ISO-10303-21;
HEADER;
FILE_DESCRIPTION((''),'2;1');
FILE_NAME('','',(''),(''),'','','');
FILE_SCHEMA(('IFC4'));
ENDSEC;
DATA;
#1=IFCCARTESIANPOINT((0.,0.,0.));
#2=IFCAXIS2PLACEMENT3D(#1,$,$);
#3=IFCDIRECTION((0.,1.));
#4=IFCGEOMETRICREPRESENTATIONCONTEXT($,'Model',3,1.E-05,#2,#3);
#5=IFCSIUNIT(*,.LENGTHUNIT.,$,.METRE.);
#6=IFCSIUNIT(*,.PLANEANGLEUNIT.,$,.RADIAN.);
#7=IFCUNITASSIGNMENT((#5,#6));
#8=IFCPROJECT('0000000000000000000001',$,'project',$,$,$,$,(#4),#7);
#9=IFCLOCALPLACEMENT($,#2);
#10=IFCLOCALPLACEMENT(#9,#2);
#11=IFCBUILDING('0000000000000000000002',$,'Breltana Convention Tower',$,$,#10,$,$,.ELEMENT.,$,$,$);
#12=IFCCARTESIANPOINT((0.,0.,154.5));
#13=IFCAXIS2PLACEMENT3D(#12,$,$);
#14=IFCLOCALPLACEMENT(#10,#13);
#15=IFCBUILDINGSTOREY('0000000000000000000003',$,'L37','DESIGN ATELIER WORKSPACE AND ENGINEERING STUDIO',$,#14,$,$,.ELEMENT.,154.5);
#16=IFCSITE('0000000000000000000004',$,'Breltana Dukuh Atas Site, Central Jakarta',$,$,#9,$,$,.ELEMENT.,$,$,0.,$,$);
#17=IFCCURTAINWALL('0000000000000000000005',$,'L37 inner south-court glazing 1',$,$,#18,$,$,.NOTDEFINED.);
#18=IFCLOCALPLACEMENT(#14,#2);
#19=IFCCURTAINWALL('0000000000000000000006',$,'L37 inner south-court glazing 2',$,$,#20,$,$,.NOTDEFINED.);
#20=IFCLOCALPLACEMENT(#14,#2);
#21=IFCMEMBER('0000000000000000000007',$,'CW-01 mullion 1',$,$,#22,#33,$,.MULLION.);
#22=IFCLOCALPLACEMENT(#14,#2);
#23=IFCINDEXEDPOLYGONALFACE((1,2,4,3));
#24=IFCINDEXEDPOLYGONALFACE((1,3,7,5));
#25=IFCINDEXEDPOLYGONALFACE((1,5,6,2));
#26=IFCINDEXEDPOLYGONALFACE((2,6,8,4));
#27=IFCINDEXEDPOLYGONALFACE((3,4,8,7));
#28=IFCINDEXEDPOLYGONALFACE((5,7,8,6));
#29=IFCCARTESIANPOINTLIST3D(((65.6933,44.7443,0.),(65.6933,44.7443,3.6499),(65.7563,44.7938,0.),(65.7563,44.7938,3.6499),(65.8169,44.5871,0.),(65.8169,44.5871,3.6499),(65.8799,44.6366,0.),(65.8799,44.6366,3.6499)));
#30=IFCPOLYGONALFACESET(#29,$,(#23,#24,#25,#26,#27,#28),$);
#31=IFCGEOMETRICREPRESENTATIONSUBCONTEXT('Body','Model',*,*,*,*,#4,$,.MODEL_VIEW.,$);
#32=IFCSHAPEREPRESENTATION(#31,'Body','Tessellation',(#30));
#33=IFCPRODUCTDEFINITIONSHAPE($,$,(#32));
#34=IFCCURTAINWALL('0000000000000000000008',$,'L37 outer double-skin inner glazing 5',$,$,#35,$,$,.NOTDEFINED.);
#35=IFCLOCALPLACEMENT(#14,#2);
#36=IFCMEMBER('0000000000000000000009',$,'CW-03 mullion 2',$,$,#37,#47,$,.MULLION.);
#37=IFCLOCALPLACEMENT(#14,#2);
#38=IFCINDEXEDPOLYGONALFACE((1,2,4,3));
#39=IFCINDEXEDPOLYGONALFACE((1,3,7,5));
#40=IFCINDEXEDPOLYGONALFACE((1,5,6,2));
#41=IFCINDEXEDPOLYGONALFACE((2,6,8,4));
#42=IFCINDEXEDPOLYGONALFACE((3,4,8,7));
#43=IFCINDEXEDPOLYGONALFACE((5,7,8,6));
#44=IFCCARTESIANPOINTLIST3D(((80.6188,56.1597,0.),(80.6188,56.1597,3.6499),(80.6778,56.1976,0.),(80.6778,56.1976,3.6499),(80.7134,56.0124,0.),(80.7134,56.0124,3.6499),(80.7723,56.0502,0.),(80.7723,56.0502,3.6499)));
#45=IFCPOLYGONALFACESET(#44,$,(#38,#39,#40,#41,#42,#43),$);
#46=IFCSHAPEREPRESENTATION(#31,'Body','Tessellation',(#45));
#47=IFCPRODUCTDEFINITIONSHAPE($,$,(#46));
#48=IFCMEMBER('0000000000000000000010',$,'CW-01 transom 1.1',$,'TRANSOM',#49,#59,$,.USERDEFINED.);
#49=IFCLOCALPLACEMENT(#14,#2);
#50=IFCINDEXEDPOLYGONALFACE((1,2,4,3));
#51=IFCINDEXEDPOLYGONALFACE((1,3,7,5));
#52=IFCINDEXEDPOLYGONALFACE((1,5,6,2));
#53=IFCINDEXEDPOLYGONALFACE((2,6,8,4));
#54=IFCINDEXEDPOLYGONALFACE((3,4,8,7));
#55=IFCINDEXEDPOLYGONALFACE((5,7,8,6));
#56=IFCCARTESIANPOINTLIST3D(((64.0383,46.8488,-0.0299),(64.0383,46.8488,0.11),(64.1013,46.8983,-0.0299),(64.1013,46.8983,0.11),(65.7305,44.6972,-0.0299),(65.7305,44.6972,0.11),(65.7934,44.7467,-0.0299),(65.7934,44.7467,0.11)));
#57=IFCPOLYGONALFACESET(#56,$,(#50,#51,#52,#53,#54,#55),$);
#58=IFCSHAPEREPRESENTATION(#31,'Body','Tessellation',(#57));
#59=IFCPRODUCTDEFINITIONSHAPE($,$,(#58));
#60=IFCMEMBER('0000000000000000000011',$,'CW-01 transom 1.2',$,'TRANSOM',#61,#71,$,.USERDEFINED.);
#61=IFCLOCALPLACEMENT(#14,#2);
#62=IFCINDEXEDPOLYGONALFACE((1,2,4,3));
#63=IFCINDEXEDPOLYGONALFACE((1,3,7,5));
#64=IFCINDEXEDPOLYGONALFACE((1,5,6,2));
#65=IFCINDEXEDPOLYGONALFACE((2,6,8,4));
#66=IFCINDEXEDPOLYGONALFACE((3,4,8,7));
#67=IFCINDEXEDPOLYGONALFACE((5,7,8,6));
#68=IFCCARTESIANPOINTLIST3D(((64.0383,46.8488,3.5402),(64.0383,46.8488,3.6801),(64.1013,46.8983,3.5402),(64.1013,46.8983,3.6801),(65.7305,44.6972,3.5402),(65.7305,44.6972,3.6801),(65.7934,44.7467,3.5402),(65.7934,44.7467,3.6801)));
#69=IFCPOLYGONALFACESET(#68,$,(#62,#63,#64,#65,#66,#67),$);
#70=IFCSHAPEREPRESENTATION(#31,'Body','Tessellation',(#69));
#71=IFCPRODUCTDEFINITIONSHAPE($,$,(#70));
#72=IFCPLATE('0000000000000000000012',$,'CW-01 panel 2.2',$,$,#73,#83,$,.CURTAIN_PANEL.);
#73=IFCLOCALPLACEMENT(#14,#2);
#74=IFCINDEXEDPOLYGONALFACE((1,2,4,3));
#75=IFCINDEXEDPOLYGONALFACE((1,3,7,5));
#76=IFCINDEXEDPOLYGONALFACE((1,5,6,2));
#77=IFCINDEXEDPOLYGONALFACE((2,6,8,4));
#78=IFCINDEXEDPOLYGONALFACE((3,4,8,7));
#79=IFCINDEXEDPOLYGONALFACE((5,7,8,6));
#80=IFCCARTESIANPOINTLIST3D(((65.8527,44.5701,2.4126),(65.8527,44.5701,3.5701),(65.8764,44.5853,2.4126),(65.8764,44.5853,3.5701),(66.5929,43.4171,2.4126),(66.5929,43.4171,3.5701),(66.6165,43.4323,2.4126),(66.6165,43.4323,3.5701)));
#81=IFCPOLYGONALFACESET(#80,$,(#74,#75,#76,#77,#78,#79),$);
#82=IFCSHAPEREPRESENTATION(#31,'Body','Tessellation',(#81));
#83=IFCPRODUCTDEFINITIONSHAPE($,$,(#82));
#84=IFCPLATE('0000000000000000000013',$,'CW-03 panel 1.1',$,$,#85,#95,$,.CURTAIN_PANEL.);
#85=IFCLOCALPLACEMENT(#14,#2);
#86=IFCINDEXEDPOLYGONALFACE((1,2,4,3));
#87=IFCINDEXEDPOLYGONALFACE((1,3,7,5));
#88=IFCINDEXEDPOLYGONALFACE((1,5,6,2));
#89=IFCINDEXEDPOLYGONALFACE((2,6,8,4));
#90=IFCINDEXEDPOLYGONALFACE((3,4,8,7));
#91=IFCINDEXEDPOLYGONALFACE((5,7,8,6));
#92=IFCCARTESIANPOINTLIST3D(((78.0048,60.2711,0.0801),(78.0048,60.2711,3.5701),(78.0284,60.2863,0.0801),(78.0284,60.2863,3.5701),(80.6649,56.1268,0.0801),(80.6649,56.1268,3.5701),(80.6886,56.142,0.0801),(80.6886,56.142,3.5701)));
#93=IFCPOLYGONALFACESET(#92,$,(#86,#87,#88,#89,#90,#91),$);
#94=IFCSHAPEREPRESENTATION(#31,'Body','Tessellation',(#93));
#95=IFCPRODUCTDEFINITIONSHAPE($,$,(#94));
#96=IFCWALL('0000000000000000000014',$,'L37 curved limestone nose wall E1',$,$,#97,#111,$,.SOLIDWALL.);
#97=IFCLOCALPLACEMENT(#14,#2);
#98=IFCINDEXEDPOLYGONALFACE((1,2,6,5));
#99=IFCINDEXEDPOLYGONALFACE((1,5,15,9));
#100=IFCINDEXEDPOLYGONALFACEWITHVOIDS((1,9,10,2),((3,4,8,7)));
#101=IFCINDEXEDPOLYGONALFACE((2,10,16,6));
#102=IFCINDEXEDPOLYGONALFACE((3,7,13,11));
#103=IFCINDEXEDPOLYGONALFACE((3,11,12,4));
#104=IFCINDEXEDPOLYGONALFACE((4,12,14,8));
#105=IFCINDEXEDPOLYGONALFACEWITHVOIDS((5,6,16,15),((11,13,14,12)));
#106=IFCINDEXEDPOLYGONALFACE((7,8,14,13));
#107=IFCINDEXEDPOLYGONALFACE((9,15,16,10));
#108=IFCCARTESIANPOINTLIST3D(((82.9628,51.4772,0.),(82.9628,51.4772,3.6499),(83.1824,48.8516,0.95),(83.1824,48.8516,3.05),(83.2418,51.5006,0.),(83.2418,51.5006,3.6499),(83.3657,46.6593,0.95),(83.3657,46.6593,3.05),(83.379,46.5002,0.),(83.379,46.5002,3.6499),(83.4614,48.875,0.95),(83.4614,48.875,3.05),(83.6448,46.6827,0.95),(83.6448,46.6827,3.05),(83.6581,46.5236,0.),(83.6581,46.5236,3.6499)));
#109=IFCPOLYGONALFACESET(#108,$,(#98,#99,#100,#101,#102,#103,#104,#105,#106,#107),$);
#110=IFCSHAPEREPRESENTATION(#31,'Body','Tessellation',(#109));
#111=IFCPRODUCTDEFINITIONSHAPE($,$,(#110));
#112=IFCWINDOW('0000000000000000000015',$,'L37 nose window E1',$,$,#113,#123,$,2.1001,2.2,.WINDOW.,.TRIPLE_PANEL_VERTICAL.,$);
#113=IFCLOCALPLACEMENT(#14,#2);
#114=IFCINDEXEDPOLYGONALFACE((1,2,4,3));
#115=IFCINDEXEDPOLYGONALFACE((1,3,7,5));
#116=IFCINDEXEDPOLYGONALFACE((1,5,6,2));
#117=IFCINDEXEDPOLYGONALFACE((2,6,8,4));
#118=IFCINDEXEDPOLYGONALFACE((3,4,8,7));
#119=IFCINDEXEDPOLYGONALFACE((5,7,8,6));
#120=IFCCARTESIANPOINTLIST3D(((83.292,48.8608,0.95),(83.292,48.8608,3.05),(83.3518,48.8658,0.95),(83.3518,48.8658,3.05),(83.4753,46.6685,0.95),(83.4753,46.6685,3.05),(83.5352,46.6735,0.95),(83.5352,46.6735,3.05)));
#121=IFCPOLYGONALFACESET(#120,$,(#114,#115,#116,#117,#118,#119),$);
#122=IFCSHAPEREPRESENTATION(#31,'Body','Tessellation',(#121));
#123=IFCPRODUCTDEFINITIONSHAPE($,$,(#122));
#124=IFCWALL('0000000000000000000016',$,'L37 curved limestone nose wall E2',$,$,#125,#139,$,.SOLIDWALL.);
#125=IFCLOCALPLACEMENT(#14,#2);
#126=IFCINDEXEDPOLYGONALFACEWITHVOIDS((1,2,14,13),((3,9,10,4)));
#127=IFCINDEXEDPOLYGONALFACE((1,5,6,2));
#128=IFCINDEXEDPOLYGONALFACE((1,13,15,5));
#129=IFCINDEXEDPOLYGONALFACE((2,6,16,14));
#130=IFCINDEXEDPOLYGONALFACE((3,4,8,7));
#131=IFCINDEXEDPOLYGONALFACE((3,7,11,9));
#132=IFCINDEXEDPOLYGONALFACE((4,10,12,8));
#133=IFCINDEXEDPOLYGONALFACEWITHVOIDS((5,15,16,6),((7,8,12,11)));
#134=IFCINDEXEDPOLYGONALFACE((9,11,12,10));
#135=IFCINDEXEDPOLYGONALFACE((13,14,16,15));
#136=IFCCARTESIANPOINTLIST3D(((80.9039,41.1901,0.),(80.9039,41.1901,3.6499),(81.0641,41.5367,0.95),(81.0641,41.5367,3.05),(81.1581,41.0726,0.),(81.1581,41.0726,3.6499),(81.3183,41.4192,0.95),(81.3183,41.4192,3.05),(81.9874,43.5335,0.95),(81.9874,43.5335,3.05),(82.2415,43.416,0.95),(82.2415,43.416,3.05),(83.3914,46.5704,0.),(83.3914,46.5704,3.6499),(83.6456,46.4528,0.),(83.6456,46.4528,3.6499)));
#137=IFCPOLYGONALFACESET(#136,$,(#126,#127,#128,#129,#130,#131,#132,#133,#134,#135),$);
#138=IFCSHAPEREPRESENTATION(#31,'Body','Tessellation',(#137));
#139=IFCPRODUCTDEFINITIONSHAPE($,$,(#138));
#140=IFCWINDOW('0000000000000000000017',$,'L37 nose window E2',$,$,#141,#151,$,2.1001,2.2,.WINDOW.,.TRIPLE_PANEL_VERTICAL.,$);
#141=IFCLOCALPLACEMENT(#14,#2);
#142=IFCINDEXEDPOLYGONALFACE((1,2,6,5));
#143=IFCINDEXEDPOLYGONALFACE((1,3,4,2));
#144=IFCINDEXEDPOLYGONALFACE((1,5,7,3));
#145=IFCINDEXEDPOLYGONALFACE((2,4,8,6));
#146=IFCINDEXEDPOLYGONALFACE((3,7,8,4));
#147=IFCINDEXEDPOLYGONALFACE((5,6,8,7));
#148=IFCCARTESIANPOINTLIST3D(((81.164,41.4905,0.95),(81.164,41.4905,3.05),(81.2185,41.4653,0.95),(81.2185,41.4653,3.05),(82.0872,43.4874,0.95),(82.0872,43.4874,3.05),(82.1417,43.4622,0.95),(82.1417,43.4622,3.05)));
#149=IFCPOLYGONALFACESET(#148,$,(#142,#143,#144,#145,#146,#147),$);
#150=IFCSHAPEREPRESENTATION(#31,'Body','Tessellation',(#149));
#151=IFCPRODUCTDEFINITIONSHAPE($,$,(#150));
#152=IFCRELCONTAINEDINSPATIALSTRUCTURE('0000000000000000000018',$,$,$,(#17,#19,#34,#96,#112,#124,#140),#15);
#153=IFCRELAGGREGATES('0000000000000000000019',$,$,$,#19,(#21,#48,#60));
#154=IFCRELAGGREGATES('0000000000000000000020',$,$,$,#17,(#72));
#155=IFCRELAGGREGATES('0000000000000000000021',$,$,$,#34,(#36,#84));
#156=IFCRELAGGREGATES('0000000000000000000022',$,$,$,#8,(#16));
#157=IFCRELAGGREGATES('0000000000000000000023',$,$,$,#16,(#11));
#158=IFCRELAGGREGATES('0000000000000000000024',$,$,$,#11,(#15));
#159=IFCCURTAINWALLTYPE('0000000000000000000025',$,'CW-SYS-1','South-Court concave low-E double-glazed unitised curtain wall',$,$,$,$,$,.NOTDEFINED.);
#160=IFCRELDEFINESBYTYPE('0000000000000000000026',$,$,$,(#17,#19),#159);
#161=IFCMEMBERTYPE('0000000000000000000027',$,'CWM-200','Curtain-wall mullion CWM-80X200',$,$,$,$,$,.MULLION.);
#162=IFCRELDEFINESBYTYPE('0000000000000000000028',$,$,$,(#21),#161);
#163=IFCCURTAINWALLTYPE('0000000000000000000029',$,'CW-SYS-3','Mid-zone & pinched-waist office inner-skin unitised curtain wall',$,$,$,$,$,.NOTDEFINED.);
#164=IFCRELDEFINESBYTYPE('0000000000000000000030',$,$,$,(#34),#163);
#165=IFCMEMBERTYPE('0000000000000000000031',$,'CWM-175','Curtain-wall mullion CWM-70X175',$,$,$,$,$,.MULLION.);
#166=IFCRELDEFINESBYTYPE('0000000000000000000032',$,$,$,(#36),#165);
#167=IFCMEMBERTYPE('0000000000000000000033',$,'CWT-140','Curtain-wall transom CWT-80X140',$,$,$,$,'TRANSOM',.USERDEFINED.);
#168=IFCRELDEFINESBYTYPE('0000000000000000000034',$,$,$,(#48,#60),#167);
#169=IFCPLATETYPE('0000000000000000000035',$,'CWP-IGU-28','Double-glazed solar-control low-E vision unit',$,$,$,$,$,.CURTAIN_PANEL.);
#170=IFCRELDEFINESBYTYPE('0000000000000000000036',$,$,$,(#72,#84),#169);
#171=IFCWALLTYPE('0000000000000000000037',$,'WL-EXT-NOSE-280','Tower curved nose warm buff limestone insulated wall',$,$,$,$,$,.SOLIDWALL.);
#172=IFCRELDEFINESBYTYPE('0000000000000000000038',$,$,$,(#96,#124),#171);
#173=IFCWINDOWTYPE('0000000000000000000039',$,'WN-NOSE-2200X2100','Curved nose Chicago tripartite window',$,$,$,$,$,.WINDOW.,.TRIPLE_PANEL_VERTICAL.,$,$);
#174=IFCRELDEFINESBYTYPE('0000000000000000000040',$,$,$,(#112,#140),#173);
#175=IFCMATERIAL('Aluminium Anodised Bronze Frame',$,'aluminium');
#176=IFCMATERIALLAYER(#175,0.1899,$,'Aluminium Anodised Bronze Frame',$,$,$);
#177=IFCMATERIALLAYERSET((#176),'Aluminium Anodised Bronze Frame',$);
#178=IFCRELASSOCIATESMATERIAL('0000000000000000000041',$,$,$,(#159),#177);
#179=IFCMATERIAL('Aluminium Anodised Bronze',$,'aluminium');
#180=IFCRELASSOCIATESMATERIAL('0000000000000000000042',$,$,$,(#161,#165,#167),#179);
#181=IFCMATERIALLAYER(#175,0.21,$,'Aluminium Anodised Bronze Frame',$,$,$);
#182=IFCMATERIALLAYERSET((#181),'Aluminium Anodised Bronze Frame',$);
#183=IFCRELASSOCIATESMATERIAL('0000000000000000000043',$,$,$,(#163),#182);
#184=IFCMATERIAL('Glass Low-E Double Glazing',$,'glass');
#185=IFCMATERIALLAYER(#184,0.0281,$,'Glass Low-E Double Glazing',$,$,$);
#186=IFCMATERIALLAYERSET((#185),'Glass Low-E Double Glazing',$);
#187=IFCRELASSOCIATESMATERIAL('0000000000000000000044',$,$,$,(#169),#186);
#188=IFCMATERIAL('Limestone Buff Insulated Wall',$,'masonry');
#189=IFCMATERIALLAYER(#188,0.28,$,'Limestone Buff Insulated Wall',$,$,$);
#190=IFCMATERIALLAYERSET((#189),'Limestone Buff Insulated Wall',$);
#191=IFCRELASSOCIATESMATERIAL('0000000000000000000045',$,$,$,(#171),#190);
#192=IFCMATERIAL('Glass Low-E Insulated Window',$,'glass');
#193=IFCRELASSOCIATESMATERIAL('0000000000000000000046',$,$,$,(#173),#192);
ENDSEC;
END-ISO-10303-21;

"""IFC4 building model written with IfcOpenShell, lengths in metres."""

from ifc_helpers import new_model, si_unit, direction, frame, frame_2d, origin, origin_2d, place, context, subcontext, project, spatial, rectangle, extrude, source, transform, mapped, material, layer, layer_set, material_profile, profile_set, type_object, type_shapes, element, fill, aggregate, save


model = new_model("IFC4")

# Units and contexts
model_context = context("Model", 3, precision=1e-05, world=origin(), true_north=direction((0.0, 1.0)))
body_context = subcontext(model_context, "Body", "Model", "MODEL_VIEW")
ifc_project = project(units=[si_unit("LENGTHUNIT", "METRE"), si_unit("PLANEANGLEUNIT", "RADIAN")], contexts=[model_context])

# Site, building, storey
site_placement = place(None, origin())
site = spatial("IfcSite", under=ifc_project, at=site_placement, Name="Breltana Dukuh Atas Site, Central Jakarta", CompositionType="ELEMENT", RefElevation=0.0)
building_placement = place(site_placement, origin())
building = spatial("IfcBuilding", under=site, at=building_placement, Name="Breltana Convention Tower", CompositionType="ELEMENT")
storey_placement = place(building_placement, frame((0.0, 0.0, 154.5)))
storey = spatial("IfcBuildingStorey", under=building, at=storey_placement, Name="L37", Description="DESIGN ATELIER WORKSPACE AND ENGINEERING STUDIO", CompositionType="ELEMENT", Elevation=154.5)

# Curtain walls, members
ifc_material_1 = material(Name="Aluminium Anodised Bronze Frame", Category="aluminium")
ifc_layer_1 = layer(ifc_material_1, 0.1899, Name="Aluminium Anodised Bronze Frame")
ifc_layer_set_1 = layer_set([ifc_layer_1], Name="Aluminium Anodised Bronze Frame")
curtain_wall_type_1 = type_object("IfcCurtainWallType", Name="CW-SYS-1", Description="South-Court concave low-E double-glazed unitised curtain wall", PredefinedType="NOTDEFINED", material=ifc_layer_set_1)
curtain_wall_1_placement = place(storey_placement, origin())
curtain_wall_1 = element("IfcCurtainWall", 1, at=curtain_wall_1_placement, inside=storey, type_object=curtain_wall_type_1, Name="L37 inner south-court glazing 1", PredefinedType="NOTDEFINED")
ifc_material_2 = material(Name="Aluminium Anodised Bronze", Category="aluminium")
ifc_material_profile_1 = material_profile(ifc_material_2, rectangle(XDim=0.0801, YDim=0.2, at=origin_2d()), Name="CWM-80X200")
ifc_profile_set_1 = profile_set([ifc_material_profile_1], Name="Aluminium Anodised Bronze")
member_type_1 = type_object("IfcMemberType", Name="CWM-200", Description="Curtain-wall mullion CWM-80X200", PredefinedType="MULLION", material=ifc_profile_set_1)
shared_shape_1 = source(origin(), body_context, "Body", "SweptSolid", [
    extrude(rectangle(XDim=0.0801, YDim=0.2, at=origin_2d()), origin(), (0.0, 0.0, 1.0), 3.6499),
])
curtain_wall_2_placement = place(storey_placement, origin())
curtain_wall_2 = element("IfcCurtainWall", 2, at=curtain_wall_2_placement, inside=storey, type_object=curtain_wall_type_1, Name="L37 inner south-court glazing 2", PredefinedType="NOTDEFINED")
member_1_placement = place(storey_placement, frame((65.7866, 44.6904, 0.0), z_axis=(0.0, 0.0, 1.0), x_axis=(-0.786051, -0.618161, 0.0)))
member_1 = element("IfcMember", 3, at=member_1_placement, type_object=member_type_1, Name="CW-01 mullion 1", PredefinedType="MULLION", context=body_context, shape_type="MappedRepresentation", body=[
    mapped(shared_shape_1, transform((0.0, 0.0, 0.0), scale=1.0)),
])
ifc_layer_2 = layer(ifc_material_1, 0.21, Name="Aluminium Anodised Bronze Frame")
ifc_layer_set_2 = layer_set([ifc_layer_2], Name="Aluminium Anodised Bronze Frame")
curtain_wall_type_2 = type_object("IfcCurtainWallType", Name="CW-SYS-3", Description="Mid-zone & pinched-waist office inner-skin unitised curtain wall", PredefinedType="NOTDEFINED", material=ifc_layer_set_2)
curtain_wall_3_placement = place(storey_placement, origin())
curtain_wall_3 = element("IfcCurtainWall", 4, at=curtain_wall_3_placement, inside=storey, type_object=curtain_wall_type_2, Name="L37 outer double-skin inner glazing 5", PredefinedType="NOTDEFINED")
ifc_material_profile_2 = material_profile(ifc_material_2, rectangle(XDim=0.0701, YDim=0.175, at=origin_2d()), Name="CWM-70X175")
ifc_profile_set_2 = profile_set([ifc_material_profile_2], Name="Aluminium Anodised Bronze")
member_type_2 = type_object("IfcMemberType", Name="CWM-175", Description="Curtain-wall mullion CWM-70X175", PredefinedType="MULLION", material=ifc_profile_set_2)
shared_shape_2 = source(origin(), body_context, "Body", "SweptSolid", [
    extrude(rectangle(XDim=0.0701, YDim=0.175, at=origin_2d()), origin(), (0.0, 0.0, 1.0), 3.6499),
])
member_2_placement = place(storey_placement, frame((80.6956, 56.105, 0.0), z_axis=(0.0, 0.0, 1.0), x_axis=(0.841554, 0.540173, 0.0)))
member_2 = element("IfcMember", 5, at=member_2_placement, type_object=member_type_2, Name="CW-03 mullion 2", PredefinedType="MULLION", context=body_context, shape_type="MappedRepresentation", body=[
    mapped(shared_shape_2, transform((0.0, 0.0, 0.0), scale=1.0)),
])

# Members
ifc_material_profile_3 = material_profile(ifc_material_2, rectangle(XDim=0.0801, YDim=0.1399, at=origin_2d()), Name="CWT-80X140")
ifc_profile_set_3 = profile_set([ifc_material_profile_3], Name="Aluminium Anodised Bronze")
member_type_3 = type_object("IfcMemberType", Name="CWT-140", Description="Curtain-wall transom CWT-80X140", ElementType="TRANSOM", PredefinedType="USERDEFINED", material=ifc_profile_set_3)
shared_shape_3 = source(origin(), body_context, "Body", "SweptSolid", [
    extrude(rectangle(XDim=0.0801, YDim=0.1399, at=origin_2d()), origin(), (0.0, 0.0, 1.0), 2.7373),
])
member_3_placement = place(storey_placement, frame((65.762, 44.7219, 0.04), z_axis=(-0.61818, 0.786037, 0.0), x_axis=(-0.786037, -0.61818, 0.0)))
member_3 = element("IfcMember", 6, at=member_3_placement, type_object=member_type_3, Name="CW-01 transom 1.1", ObjectType="TRANSOM", PredefinedType="USERDEFINED", context=body_context, shape_type="MappedRepresentation", body=[
    mapped(shared_shape_3, transform((0.0, 0.0, 0.0), scale=1.0)),
])
member_4_placement = place(storey_placement, frame((65.762, 44.7219, 3.6101), z_axis=(-0.61818, 0.786037, 0.0), x_axis=(-0.786037, -0.61818, 0.0)))
member_4 = element("IfcMember", 7, at=member_4_placement, type_object=member_type_3, Name="CW-01 transom 1.2", ObjectType="TRANSOM", PredefinedType="USERDEFINED", context=body_context, shape_type="MappedRepresentation", body=[
    mapped(shared_shape_3, transform((0.0, 0.0, 0.0), scale=1.0)),
])
aggregate(curtain_wall_2, [member_1, member_3, member_4])

# Plates
ifc_material_3 = material(Name="Glass Low-E Double Glazing", Category="glass")
ifc_layer_3 = layer(ifc_material_3, 0.0281, Name="Glass Low-E Double Glazing")
ifc_layer_set_3 = layer_set([ifc_layer_3], Name="Glass Low-E Double Glazing")
plate_type = type_object("IfcPlateType", Name="CWP-IGU-28", Description="Double-glazed solar-control low-E vision unit", PredefinedType="CURTAIN_PANEL", material=ifc_layer_set_3)
shared_shape_4 = source(origin(), body_context, "Body", "SweptSolid", [
    extrude(rectangle(XDim=1.3701, YDim=0.0281, at=origin_2d()), origin(), (0.0, 0.0, 1.0), 1.1575),
])
plate_1_placement = place(storey_placement, frame((66.2346, 44.0012, 2.4126), z_axis=(0.0, 0.0, 1.0), x_axis=(-0.540184, 0.841547, 0.0)))
plate_1 = element("IfcPlate", 8, at=plate_1_placement, type_object=plate_type, Name="CW-01 panel 2.2", PredefinedType="CURTAIN_PANEL", context=body_context, shape_type="MappedRepresentation", body=[
    mapped(shared_shape_4, transform((0.0, 0.0, 0.0), scale=1.0)),
])
aggregate(curtain_wall_1, [plate_1])
shared_shape_5 = source(origin(), body_context, "Body", "SweptSolid", [
    extrude(rectangle(XDim=4.9246, YDim=0.0281, at=origin_2d()), origin(), (0.0, 0.0, 1.0), 3.49),
])
plate_2_placement = place(storey_placement, frame((79.3467, 58.2065, 0.0801), z_axis=(0.0, 0.0, 1.0), x_axis=(0.540173, -0.841554, 0.0)))
plate_2 = element("IfcPlate", 9, at=plate_2_placement, type_object=plate_type, Name="CW-03 panel 1.1", PredefinedType="CURTAIN_PANEL", context=body_context, shape_type="MappedRepresentation", body=[
    mapped(shared_shape_5, transform((0.0, 0.0, 0.0), scale=1.0)),
])
aggregate(curtain_wall_3, [member_2, plate_2])

# Walls, openings, windows
ifc_material_4 = material(Name="Limestone Buff Insulated Wall", Category="masonry")
ifc_layer_4 = layer(ifc_material_4, 0.28, Name="Limestone Buff Insulated Wall")
ifc_layer_set_4 = layer_set([ifc_layer_4], Name="Limestone Buff Insulated Wall")
wall_type = type_object("IfcWallType", Name="WL-EXT-NOSE-280", Description="Tower curved nose warm buff limestone insulated wall", PredefinedType="SOLIDWALL", material=ifc_layer_set_4)
shared_shape_6 = source(origin(), body_context, "Body", "SweptSolid", [
    extrude(rectangle(XDim=4.9944, YDim=0.28, at=frame_2d((2.4971, 0.0))), origin(), (0.0, 0.0, 1.0), 3.6499),
])
wall_1_placement = place(storey_placement, frame((83.1023, 51.4888, 0.0), z_axis=(0.0, 0.0, 1.0), x_axis=(0.083345, -0.996521, 0.0)))
wall_1 = element("IfcWall", 10, at=wall_1_placement, inside=storey, type_object=wall_type, Name="L37 curved limestone nose wall E1", PredefinedType="SOLIDWALL", context=body_context, shape_type="MappedRepresentation", body=[
    mapped(shared_shape_6, transform((0.0, 0.0, 0.0), scale=1.0)),
])
opening_1_placement = place(wall_1_placement, frame((2.6345, 0.0, 0.95)))
opening_1 = element("IfcOpeningElement", 11, at=opening_1_placement, cuts=wall_1, PredefinedType="OPENING", context=body_context, shape_type="SweptSolid", body=[
    extrude(rectangle(XDim=2.2, YDim=2.1001, at=frame_2d((1.1001, 1.05))), frame((0.0, 0.1499, 0.0), z_axis=(0.0, -1.0, 0.0), x_axis=(1.0, 0.0, 0.0)), (0.0, 0.0, 1.0), 0.3),
])
ifc_material_5 = material(Name="Glass Low-E Insulated Window", Category="glass")
window_type = type_object("IfcWindowType", Name="WN-NOSE-2200X2100", Description="Curved nose Chicago tripartite window", PartitioningType="TRIPLE_PANEL_VERTICAL", PredefinedType="WINDOW", material=ifc_material_5)
shared_shape_7 = source(origin(), body_context, "Body", "SweptSolid", [
    extrude(rectangle(XDim=2.2, YDim=2.1001, at=frame_2d((1.1001, 1.05))), frame((0.0, 0.03, 0.0), z_axis=(0.0, -1.0, 0.0), x_axis=(1.0, 0.0, 0.0)), (0.0, 0.0, 1.0), 0.0601),
])
type_shapes(window_type, [shared_shape_7])
window_1_placement = place(opening_1_placement, origin())
window_1 = element("IfcWindow", 12, at=window_1_placement, inside=storey, type_object=window_type, Name="L37 nose window E1", OverallHeight=2.1001, OverallWidth=2.2, PartitioningType="TRIPLE_PANEL_VERTICAL", PredefinedType="WINDOW", context=body_context, shape_type="MappedRepresentation", body=[
    mapped(shared_shape_7, transform((0.0, 0.0, 0.0), scale=1.0)),
])
fill(opening_1, window_1)
shared_shape_8 = source(origin(), body_context, "Body", "SweptSolid", [
    extrude(rectangle(XDim=5.9275, YDim=0.28, at=frame_2d((2.9639, 0.0))), origin(), (0.0, 0.0, 1.0), 3.6499),
])
wall_2_placement = place(storey_placement, frame((83.5186, 46.5117, 0.0), z_axis=(0.0, 0.0, 1.0), x_axis=(-0.419656, -0.907683, 0.0)))
wall_2 = element("IfcWall", 13, at=wall_2_placement, inside=storey, type_object=wall_type, Name="L37 curved limestone nose wall E2", PredefinedType="SOLIDWALL", context=body_context, shape_type="MappedRepresentation", body=[
    mapped(shared_shape_8, transform((0.0, 0.0, 0.0), scale=1.0)),
])
opening_2_placement = place(wall_2_placement, frame((3.3457, 0.0, 0.95)))
opening_2 = element("IfcOpeningElement", 14, at=opening_2_placement, cuts=wall_2, PredefinedType="OPENING", context=body_context, shape_type="SweptSolid", body=[
    extrude(rectangle(XDim=2.2, YDim=2.1001, at=frame_2d((1.1001, 1.05))), frame((0.0, 0.1499, 0.0), z_axis=(0.0, -1.0, 0.0), x_axis=(1.0, 0.0, 0.0)), (0.0, 0.0, 1.0), 0.3),
])
window_2_placement = place(opening_2_placement, origin())
window_2 = element("IfcWindow", 15, at=window_2_placement, inside=storey, type_object=window_type, Name="L37 nose window E2", OverallHeight=2.1001, OverallWidth=2.2, PartitioningType="TRIPLE_PANEL_VERTICAL", PredefinedType="WINDOW", context=body_context, shape_type="MappedRepresentation", body=[
    mapped(shared_shape_7, transform((0.0, 0.0, 0.0), scale=1.0)),
])
fill(opening_2, window_2)

save(model, "model.ifc")
